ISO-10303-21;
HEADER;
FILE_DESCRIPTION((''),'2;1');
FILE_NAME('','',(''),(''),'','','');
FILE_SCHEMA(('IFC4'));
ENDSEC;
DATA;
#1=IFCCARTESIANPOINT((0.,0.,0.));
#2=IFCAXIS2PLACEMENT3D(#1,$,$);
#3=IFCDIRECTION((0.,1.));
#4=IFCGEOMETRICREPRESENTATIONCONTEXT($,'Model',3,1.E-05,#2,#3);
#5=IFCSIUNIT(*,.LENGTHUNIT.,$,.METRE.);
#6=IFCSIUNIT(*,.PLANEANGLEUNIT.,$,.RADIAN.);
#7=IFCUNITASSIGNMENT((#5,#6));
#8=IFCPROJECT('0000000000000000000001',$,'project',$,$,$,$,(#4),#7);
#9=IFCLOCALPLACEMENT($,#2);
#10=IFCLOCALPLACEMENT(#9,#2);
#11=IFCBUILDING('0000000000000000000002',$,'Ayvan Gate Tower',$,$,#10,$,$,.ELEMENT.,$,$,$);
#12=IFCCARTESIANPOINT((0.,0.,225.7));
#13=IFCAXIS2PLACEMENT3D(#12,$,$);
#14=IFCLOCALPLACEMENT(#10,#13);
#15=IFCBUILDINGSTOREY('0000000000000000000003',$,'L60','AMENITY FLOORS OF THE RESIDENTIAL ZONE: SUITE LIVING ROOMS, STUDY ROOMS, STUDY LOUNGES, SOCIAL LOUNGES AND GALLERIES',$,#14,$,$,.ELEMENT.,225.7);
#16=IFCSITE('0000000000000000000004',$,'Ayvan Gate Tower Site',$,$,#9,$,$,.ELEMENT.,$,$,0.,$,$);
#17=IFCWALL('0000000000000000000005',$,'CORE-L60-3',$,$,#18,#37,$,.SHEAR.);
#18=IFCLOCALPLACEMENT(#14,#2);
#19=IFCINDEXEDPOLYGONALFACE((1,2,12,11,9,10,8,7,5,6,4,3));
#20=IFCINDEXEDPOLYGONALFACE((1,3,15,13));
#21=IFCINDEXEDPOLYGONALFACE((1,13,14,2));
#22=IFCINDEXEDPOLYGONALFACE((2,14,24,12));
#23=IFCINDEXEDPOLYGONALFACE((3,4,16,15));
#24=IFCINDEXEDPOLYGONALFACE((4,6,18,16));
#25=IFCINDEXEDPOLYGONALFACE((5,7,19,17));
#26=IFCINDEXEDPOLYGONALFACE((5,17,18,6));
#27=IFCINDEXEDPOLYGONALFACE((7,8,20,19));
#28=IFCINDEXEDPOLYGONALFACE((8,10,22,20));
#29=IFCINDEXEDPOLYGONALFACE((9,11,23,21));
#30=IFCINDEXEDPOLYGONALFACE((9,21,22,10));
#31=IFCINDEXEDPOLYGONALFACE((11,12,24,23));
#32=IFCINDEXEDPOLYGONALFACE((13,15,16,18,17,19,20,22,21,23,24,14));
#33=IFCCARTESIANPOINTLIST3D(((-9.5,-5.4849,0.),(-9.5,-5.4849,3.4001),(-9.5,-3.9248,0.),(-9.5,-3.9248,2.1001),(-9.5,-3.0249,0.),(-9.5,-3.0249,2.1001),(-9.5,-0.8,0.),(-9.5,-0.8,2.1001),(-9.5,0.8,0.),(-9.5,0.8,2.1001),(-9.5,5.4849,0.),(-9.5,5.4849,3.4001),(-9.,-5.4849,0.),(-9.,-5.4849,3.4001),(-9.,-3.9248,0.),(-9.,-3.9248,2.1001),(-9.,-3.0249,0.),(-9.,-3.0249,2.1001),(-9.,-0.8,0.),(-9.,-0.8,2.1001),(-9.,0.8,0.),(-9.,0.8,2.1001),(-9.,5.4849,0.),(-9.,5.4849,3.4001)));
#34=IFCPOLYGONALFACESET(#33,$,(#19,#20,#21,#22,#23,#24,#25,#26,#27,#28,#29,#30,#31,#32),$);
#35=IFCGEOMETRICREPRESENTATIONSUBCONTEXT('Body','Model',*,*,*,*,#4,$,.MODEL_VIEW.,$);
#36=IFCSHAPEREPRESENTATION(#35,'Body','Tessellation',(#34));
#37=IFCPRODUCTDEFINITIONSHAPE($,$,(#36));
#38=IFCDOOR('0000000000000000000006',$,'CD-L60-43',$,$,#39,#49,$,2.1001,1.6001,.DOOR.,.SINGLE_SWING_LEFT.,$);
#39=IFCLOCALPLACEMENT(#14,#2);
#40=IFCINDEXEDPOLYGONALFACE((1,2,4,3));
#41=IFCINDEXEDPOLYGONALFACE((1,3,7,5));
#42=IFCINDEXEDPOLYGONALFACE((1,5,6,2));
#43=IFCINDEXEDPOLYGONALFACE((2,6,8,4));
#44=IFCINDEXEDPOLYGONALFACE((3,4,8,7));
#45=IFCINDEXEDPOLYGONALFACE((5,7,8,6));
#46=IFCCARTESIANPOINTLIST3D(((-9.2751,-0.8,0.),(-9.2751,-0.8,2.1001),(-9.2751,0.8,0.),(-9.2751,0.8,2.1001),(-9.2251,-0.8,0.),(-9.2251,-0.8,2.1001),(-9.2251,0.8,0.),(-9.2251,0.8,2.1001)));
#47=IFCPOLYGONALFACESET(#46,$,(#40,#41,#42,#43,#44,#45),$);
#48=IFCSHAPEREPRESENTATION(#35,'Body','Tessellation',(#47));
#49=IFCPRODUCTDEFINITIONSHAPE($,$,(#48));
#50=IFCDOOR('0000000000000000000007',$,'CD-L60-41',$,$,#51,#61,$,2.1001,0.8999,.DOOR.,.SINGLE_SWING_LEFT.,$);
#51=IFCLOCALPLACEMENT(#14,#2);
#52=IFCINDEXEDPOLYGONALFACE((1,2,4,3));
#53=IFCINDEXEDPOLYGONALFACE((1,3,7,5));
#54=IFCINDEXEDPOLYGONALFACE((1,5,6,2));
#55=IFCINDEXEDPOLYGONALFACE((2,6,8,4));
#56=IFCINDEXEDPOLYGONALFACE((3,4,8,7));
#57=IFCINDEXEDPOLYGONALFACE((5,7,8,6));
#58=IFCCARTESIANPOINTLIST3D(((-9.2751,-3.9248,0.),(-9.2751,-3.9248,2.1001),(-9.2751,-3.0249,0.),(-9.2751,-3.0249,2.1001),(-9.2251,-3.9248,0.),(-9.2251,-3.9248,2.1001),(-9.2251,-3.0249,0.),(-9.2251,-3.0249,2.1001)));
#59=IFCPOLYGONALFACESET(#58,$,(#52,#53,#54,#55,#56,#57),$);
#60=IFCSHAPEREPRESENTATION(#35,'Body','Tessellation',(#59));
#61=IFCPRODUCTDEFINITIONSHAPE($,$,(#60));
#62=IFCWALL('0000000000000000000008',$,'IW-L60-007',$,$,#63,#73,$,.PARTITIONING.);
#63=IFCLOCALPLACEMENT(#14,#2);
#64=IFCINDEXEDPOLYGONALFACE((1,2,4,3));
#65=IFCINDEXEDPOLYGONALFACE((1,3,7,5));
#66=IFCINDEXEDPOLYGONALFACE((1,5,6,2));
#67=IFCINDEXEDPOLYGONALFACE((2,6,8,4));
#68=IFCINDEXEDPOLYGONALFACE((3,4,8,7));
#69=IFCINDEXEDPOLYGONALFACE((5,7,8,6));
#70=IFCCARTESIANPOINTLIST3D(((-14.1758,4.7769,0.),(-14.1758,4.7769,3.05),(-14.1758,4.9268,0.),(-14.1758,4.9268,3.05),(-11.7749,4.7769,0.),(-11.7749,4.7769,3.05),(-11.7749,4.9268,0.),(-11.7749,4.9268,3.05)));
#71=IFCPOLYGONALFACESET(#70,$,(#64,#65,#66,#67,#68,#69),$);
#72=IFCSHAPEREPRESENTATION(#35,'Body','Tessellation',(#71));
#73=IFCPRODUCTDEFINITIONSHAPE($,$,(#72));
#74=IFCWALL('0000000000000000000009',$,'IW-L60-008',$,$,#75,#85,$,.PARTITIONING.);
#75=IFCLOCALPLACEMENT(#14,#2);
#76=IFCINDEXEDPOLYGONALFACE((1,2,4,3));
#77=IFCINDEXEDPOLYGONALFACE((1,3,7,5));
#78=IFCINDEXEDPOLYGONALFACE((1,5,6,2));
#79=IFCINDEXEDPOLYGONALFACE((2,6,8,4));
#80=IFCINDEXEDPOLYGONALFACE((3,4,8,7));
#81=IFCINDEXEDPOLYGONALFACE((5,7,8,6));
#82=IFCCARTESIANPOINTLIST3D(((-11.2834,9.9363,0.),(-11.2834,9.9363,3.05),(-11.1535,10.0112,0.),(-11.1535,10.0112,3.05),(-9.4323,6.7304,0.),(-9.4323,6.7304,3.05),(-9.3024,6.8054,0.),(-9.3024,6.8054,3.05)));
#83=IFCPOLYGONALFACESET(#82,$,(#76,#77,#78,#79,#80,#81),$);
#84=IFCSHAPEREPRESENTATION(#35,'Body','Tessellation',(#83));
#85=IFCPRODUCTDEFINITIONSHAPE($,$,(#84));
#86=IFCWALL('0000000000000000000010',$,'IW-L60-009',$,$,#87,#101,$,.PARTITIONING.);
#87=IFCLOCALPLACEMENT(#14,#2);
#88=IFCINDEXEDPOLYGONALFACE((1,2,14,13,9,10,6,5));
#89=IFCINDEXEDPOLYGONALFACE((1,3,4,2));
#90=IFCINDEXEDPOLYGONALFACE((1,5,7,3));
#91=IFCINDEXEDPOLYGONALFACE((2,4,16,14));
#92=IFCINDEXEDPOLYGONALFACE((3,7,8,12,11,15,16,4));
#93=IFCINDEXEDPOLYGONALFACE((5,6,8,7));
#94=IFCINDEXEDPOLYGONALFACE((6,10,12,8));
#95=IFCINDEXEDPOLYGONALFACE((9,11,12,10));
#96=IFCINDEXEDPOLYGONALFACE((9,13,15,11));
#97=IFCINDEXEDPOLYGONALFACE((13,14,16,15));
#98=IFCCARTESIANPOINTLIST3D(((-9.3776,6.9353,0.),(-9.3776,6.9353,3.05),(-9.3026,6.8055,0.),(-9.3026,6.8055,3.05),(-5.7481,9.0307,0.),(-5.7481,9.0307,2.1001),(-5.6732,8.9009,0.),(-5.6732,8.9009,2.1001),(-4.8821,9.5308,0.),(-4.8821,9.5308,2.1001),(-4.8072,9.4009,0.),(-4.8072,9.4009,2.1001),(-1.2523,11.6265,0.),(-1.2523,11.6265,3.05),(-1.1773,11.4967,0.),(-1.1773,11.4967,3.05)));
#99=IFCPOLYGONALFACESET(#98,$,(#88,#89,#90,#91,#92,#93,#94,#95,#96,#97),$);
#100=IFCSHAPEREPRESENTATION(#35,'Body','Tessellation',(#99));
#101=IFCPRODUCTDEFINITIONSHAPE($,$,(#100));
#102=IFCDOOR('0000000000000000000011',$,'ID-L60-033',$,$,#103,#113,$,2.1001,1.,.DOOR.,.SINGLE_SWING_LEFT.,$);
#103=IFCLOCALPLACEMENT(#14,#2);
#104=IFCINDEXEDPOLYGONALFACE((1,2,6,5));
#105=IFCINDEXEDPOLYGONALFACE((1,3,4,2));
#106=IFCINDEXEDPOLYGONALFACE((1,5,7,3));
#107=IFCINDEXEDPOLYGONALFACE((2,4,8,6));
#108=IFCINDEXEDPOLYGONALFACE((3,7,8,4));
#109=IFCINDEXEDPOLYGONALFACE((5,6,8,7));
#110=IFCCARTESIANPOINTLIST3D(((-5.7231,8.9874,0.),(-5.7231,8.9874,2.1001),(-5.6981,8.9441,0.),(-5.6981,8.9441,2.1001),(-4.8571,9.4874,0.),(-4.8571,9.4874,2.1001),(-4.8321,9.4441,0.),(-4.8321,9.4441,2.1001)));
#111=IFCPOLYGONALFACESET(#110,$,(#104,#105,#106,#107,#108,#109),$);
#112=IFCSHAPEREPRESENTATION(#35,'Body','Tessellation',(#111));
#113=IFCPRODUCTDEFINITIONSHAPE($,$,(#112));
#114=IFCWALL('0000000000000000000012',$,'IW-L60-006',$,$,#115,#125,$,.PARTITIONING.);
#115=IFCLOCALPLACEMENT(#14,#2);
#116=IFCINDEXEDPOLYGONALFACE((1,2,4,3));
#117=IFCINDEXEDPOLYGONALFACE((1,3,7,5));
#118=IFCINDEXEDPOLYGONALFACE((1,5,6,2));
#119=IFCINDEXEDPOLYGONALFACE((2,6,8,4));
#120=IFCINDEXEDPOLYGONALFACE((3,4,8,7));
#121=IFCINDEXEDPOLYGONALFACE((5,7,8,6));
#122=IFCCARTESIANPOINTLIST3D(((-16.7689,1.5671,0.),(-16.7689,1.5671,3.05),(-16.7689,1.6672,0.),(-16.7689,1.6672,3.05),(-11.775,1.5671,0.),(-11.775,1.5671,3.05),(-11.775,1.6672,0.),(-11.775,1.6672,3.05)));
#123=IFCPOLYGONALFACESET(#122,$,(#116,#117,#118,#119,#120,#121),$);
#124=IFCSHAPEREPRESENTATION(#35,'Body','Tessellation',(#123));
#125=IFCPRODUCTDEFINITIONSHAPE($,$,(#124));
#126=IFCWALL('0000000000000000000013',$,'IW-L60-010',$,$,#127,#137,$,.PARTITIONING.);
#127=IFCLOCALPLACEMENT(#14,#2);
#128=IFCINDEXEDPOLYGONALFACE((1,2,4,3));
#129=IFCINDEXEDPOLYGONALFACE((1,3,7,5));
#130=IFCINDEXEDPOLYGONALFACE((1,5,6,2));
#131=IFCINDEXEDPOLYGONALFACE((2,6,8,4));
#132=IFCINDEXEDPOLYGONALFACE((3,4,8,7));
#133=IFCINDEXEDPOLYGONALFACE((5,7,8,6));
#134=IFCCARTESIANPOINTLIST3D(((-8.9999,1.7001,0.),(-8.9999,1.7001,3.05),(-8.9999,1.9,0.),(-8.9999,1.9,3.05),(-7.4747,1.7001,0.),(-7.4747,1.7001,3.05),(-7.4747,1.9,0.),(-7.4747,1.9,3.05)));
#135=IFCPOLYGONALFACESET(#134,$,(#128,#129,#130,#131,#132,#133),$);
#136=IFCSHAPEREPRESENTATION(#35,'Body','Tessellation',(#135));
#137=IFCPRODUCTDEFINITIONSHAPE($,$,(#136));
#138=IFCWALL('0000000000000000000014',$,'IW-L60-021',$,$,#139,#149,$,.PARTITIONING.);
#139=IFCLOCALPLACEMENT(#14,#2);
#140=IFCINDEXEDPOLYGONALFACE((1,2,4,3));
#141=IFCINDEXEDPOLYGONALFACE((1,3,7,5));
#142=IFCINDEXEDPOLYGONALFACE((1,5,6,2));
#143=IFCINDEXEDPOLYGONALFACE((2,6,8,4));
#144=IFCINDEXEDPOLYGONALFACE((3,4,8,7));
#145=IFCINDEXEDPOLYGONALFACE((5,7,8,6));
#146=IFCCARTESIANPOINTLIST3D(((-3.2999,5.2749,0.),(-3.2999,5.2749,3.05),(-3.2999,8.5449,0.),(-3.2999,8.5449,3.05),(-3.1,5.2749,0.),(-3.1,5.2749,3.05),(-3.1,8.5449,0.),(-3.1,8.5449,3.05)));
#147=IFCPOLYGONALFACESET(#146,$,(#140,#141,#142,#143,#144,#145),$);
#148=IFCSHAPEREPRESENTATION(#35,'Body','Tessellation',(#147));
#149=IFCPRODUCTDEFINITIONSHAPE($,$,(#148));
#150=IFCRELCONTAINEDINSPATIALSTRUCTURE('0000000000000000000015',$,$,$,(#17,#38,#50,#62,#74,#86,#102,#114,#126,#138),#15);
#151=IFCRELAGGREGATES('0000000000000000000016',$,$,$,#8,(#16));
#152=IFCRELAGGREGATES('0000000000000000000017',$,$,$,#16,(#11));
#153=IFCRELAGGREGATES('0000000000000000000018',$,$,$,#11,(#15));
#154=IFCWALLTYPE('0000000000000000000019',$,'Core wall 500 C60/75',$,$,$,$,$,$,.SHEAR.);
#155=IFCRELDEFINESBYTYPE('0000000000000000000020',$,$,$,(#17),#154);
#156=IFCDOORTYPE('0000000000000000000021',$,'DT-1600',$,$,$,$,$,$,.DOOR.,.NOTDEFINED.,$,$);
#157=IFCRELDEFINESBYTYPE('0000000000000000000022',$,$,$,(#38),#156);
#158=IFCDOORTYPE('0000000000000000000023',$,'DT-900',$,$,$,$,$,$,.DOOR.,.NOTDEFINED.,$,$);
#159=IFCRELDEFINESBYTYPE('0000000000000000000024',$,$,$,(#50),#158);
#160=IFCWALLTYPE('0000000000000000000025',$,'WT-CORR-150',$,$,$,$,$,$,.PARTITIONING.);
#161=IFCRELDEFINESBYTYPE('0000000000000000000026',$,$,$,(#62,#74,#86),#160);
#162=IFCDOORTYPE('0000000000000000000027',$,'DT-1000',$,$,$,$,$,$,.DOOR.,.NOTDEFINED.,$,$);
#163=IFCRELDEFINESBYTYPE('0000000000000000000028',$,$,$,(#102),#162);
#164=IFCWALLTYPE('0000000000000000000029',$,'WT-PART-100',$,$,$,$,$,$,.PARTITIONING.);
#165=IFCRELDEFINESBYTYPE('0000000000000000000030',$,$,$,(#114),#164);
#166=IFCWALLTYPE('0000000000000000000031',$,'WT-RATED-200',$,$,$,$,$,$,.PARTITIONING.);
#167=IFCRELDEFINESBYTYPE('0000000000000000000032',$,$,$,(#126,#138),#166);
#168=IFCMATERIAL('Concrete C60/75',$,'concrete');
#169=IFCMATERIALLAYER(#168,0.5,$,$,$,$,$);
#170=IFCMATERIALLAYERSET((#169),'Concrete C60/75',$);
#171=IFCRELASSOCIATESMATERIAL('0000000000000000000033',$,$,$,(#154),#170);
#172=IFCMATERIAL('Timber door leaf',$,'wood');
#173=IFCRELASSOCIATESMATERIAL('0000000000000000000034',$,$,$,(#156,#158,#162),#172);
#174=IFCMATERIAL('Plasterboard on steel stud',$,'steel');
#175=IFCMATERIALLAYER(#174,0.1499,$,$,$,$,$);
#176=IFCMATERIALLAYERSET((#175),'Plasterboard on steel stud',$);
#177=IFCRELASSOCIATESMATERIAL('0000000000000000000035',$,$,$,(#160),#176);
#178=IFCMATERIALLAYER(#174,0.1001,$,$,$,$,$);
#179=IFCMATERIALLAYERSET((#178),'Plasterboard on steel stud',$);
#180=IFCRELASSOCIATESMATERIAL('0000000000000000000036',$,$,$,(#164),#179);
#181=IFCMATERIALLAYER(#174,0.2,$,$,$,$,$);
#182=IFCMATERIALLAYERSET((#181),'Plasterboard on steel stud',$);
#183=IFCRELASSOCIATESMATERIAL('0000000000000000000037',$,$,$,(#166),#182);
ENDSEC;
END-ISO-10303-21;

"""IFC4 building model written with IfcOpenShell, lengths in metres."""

from ifc_helpers import new_model, si_unit, direction, frame, frame_2d, origin, place, context, subcontext, project, spatial, rectangle, extrude, material, layer, layer_set, type_object, element, fill, save


model = new_model("IFC4")

# Units and contexts
model_context = context("Model", 3, precision=1e-05, world=origin(), true_north=direction((0.0, 1.0)))
body_context = subcontext(model_context, "Body", "Model", "MODEL_VIEW")
ifc_project = project(units=[si_unit("LENGTHUNIT", "METRE"), si_unit("PLANEANGLEUNIT", "RADIAN")], contexts=[model_context])

# Site, building, storey
site_placement = place(None, origin())
site = spatial("IfcSite", under=ifc_project, at=site_placement, Name="Ayvan Gate Tower Site", CompositionType="ELEMENT", RefElevation=0.0)
building_placement = place(site_placement, origin())
building = spatial("IfcBuilding", under=site, at=building_placement, Name="Ayvan Gate Tower", CompositionType="ELEMENT")
storey_placement = place(building_placement, frame((0.0, 0.0, 225.7)))
storey = spatial("IfcBuildingStorey", under=building, at=storey_placement, Name="L60", Description="AMENITY FLOORS OF THE RESIDENTIAL ZONE: SUITE LIVING ROOMS, STUDY ROOMS, STUDY LOUNGES, SOCIAL LOUNGES AND GALLERIES", CompositionType="ELEMENT", Elevation=225.7)

# Wall, openings, doors
ifc_material_1 = material(Name="Concrete C60/75", Category="concrete")
ifc_layer_1 = layer(ifc_material_1, 0.5)
ifc_layer_set_1 = layer_set([ifc_layer_1], Name="Concrete C60/75")
wall_type_1 = type_object("IfcWallType", Name="Core wall 500 C60/75", PredefinedType="SHEAR", material=ifc_layer_set_1)
wall_1_placement = place(storey_placement, frame((-9.25, 5.4849, 0.0), z_axis=(0.0, 0.0, 1.0), x_axis=(0.0, -1.0, 0.0)))
wall_1 = element("IfcWall", 1, at=wall_1_placement, inside=storey, type_object=wall_type_1, Name="CORE-L60-3", PredefinedType="SHEAR", context=body_context, shape_type="SweptSolid", body=[
    extrude(rectangle(XDim=10.9697, YDim=0.5, at=frame_2d((5.4849, 0.0))), origin(), (0.0, 0.0, 1.0), 3.4001),
])
opening_1_placement = place(wall_1_placement, frame((8.5098, 0.0, 0.0)))
opening_1 = element("IfcOpeningElement", 2, at=opening_1_placement, cuts=wall_1, PredefinedType="OPENING", context=body_context, shape_type="SweptSolid", body=[
    extrude(rectangle(XDim=0.8999, YDim=2.1001, at=frame_2d((0.45, 1.05))), frame((0.0, 0.26, 0.0), z_axis=(0.0, -1.0, 0.0), x_axis=(1.0, 0.0, 0.0)), (0.0, 0.0, 1.0), 0.52),
])
opening_2_placement = place(wall_1_placement, frame((4.6848, 0.0, 0.0)))
opening_2 = element("IfcOpeningElement", 3, at=opening_2_placement, cuts=wall_1, PredefinedType="OPENING", context=body_context, shape_type="SweptSolid", body=[
    extrude(rectangle(XDim=1.6001, YDim=2.1001, at=frame_2d((0.8, 1.05))), frame((0.0, 0.26, 0.0), z_axis=(0.0, -1.0, 0.0), x_axis=(1.0, 0.0, 0.0)), (0.0, 0.0, 1.0), 0.52),
])
ifc_material_2 = material(Name="Timber door leaf", Category="wood")
door_type_1 = type_object("IfcDoorType", Name="DT-1600", OperationType="NOTDEFINED", PredefinedType="DOOR", material=ifc_material_2)
door_1_placement = place(opening_2_placement, origin())
door_1 = element("IfcDoor", 4, at=door_1_placement, inside=storey, type_object=door_type_1, Name="CD-L60-43", OperationType="SINGLE_SWING_LEFT", OverallHeight=2.1001, OverallWidth=1.6001, PredefinedType="DOOR", context=body_context, shape_type="SweptSolid", body=[
    extrude(rectangle(XDim=1.6001, YDim=2.1001, at=frame_2d((0.8, 1.05))), frame((0.0, 0.0249, 0.0), z_axis=(0.0, -1.0, 0.0), x_axis=(1.0, 0.0, 0.0)), (0.0, 0.0, 1.0), 0.05),
])
fill(opening_2, door_1)
door_type_2 = type_object("IfcDoorType", Name="DT-900", OperationType="NOTDEFINED", PredefinedType="DOOR", material=ifc_material_2)
door_2_placement = place(opening_1_placement, origin())
door_2 = element("IfcDoor", 5, at=door_2_placement, inside=storey, type_object=door_type_2, Name="CD-L60-41", OperationType="SINGLE_SWING_LEFT", OverallHeight=2.1001, OverallWidth=0.8999, PredefinedType="DOOR", context=body_context, shape_type="SweptSolid", body=[
    extrude(rectangle(XDim=0.8999, YDim=2.1001, at=frame_2d((0.45, 1.05))), frame((0.0, 0.0249, 0.0), z_axis=(0.0, -1.0, 0.0), x_axis=(1.0, 0.0, 0.0)), (0.0, 0.0, 1.0), 0.05),
])
fill(opening_1, door_2)

# Walls
ifc_material_3 = material(Name="Plasterboard on steel stud", Category="steel")
ifc_layer_2 = layer(ifc_material_3, 0.1499)
ifc_layer_set_2 = layer_set([ifc_layer_2], Name="Plasterboard on steel stud")
wall_type_2 = type_object("IfcWallType", Name="WT-CORR-150", PredefinedType="PARTITIONING", material=ifc_layer_set_2)
wall_2_placement = place(storey_placement, frame((-11.7749, 4.8518, 0.0), z_axis=(0.0, 0.0, 1.0), x_axis=(-1.0, 0.0, 0.0)))
element("IfcWall", 6, at=wall_2_placement, inside=storey, type_object=wall_type_2, Name="IW-L60-007", PredefinedType="PARTITIONING", context=body_context, shape_type="SweptSolid", body=[
    extrude(rectangle(XDim=2.4009, YDim=0.1499, at=frame_2d((1.2004, 0.0))), origin(), (0.0, 0.0, 1.0), 3.05),
])
wall_3_placement = place(storey_placement, frame((-11.2185, 9.9739, 0.0), z_axis=(0.0, 0.0, 1.0), x_axis=(0.50004, -0.866002, 0.0)))
element("IfcWall", 7, at=wall_3_placement, inside=storey, type_object=wall_type_2, Name="IW-L60-008", PredefinedType="PARTITIONING", context=body_context, shape_type="SweptSolid", body=[
    extrude(rectangle(XDim=3.7019, YDim=0.1499, at=frame_2d((1.8511, 0.0))), origin(), (0.0, 0.0, 1.0), 3.05),
])

# Wall, opening, door
wall_4_placement = place(storey_placement, frame((-9.3401, 6.8704, 0.0), z_axis=(0.0, 0.0, 1.0), x_axis=(0.866023, 0.500004, 0.0)))
wall_4 = element("IfcWall", 8, at=wall_4_placement, inside=storey, type_object=wall_type_2, Name="IW-L60-009", PredefinedType="PARTITIONING", context=body_context, shape_type="SweptSolid", body=[
    extrude(rectangle(XDim=9.3823, YDim=0.1499, at=frame_2d((4.6912, 0.0))), origin(), (0.0, 0.0, 1.0), 3.05),
])
opening_3_placement = place(wall_4_placement, frame((4.1909, 0.0, 0.0)))
opening_3 = element("IfcOpeningElement", 9, at=opening_3_placement, cuts=wall_4, PredefinedType="OPENING", context=body_context, shape_type="SweptSolid", body=[
    extrude(rectangle(XDim=1.0, YDim=2.1001, at=frame_2d((0.5, 1.05))), frame((0.0, 0.085, 0.0), z_axis=(0.0, -1.0, 0.0), x_axis=(1.0, 0.0, 0.0)), (0.0, 0.0, 1.0), 0.1699),
])
door_type_3 = type_object("IfcDoorType", Name="DT-1000", OperationType="NOTDEFINED", PredefinedType="DOOR", material=ifc_material_2)
door_3_placement = place(opening_3_placement, origin())
door_3 = element("IfcDoor", 10, at=door_3_placement, inside=storey, type_object=door_type_3, Name="ID-L60-033", OperationType="SINGLE_SWING_LEFT", OverallHeight=2.1001, OverallWidth=1.0, PredefinedType="DOOR", context=body_context, shape_type="SweptSolid", body=[
    extrude(rectangle(XDim=1.0, YDim=2.1001, at=frame_2d((0.5, 1.05))), frame((0.0, 0.0249, 0.0), z_axis=(0.0, -1.0, 0.0), x_axis=(1.0, 0.0, 0.0)), (0.0, 0.0, 1.0), 0.05),
])
fill(opening_3, door_3)

# Walls
ifc_layer_3 = layer(ifc_material_3, 0.1001)
ifc_layer_set_3 = layer_set([ifc_layer_3], Name="Plasterboard on steel stud")
wall_type_3 = type_object("IfcWallType", Name="WT-PART-100", PredefinedType="PARTITIONING", material=ifc_layer_set_3)
wall_5_placement = place(storey_placement, frame((-11.7749, 1.6172, 0.0), z_axis=(0.0, 0.0, 1.0), x_axis=(-1.0, 0.0, 0.0)))
element("IfcWall", 11, at=wall_5_placement, inside=storey, type_object=wall_type_3, Name="IW-L60-006", PredefinedType="PARTITIONING", context=body_context, shape_type="SweptSolid", body=[
    extrude(rectangle(XDim=4.9939, YDim=0.1001, at=frame_2d((2.4971, 0.0))), origin(), (0.0, 0.0, 1.0), 3.05),
])
ifc_layer_4 = layer(ifc_material_3, 0.2)
ifc_layer_set_4 = layer_set([ifc_layer_4], Name="Plasterboard on steel stud")
wall_type_4 = type_object("IfcWallType", Name="WT-RATED-200", PredefinedType="PARTITIONING", material=ifc_layer_set_4)
wall_6_placement = place(storey_placement, frame((-9.0, 1.8, 0.0), z_axis=(0.0, 0.0, 1.0), x_axis=(1.0, 0.0, 0.0)))
element("IfcWall", 12, at=wall_6_placement, inside=storey, type_object=wall_type_4, Name="IW-L60-010", PredefinedType="PARTITIONING", context=body_context, shape_type="SweptSolid", body=[
    extrude(rectangle(XDim=1.5251, YDim=0.2, at=frame_2d((0.7627, 0.0))), origin(), (0.0, 0.0, 1.0), 3.05),
])
wall_7_placement = place(storey_placement, frame((-3.2, 8.5449, 0.0), z_axis=(0.0, 0.0, 1.0), x_axis=(0.0, -1.0, 0.0)))
element("IfcWall", 13, at=wall_7_placement, inside=storey, type_object=wall_type_4, Name="IW-L60-021", PredefinedType="PARTITIONING", context=body_context, shape_type="SweptSolid", body=[
    extrude(rectangle(XDim=3.27, YDim=0.2, at=frame_2d((1.635, 0.0))), origin(), (0.0, 0.0, 1.0), 3.05),
])

save(model, "model.ifc")
